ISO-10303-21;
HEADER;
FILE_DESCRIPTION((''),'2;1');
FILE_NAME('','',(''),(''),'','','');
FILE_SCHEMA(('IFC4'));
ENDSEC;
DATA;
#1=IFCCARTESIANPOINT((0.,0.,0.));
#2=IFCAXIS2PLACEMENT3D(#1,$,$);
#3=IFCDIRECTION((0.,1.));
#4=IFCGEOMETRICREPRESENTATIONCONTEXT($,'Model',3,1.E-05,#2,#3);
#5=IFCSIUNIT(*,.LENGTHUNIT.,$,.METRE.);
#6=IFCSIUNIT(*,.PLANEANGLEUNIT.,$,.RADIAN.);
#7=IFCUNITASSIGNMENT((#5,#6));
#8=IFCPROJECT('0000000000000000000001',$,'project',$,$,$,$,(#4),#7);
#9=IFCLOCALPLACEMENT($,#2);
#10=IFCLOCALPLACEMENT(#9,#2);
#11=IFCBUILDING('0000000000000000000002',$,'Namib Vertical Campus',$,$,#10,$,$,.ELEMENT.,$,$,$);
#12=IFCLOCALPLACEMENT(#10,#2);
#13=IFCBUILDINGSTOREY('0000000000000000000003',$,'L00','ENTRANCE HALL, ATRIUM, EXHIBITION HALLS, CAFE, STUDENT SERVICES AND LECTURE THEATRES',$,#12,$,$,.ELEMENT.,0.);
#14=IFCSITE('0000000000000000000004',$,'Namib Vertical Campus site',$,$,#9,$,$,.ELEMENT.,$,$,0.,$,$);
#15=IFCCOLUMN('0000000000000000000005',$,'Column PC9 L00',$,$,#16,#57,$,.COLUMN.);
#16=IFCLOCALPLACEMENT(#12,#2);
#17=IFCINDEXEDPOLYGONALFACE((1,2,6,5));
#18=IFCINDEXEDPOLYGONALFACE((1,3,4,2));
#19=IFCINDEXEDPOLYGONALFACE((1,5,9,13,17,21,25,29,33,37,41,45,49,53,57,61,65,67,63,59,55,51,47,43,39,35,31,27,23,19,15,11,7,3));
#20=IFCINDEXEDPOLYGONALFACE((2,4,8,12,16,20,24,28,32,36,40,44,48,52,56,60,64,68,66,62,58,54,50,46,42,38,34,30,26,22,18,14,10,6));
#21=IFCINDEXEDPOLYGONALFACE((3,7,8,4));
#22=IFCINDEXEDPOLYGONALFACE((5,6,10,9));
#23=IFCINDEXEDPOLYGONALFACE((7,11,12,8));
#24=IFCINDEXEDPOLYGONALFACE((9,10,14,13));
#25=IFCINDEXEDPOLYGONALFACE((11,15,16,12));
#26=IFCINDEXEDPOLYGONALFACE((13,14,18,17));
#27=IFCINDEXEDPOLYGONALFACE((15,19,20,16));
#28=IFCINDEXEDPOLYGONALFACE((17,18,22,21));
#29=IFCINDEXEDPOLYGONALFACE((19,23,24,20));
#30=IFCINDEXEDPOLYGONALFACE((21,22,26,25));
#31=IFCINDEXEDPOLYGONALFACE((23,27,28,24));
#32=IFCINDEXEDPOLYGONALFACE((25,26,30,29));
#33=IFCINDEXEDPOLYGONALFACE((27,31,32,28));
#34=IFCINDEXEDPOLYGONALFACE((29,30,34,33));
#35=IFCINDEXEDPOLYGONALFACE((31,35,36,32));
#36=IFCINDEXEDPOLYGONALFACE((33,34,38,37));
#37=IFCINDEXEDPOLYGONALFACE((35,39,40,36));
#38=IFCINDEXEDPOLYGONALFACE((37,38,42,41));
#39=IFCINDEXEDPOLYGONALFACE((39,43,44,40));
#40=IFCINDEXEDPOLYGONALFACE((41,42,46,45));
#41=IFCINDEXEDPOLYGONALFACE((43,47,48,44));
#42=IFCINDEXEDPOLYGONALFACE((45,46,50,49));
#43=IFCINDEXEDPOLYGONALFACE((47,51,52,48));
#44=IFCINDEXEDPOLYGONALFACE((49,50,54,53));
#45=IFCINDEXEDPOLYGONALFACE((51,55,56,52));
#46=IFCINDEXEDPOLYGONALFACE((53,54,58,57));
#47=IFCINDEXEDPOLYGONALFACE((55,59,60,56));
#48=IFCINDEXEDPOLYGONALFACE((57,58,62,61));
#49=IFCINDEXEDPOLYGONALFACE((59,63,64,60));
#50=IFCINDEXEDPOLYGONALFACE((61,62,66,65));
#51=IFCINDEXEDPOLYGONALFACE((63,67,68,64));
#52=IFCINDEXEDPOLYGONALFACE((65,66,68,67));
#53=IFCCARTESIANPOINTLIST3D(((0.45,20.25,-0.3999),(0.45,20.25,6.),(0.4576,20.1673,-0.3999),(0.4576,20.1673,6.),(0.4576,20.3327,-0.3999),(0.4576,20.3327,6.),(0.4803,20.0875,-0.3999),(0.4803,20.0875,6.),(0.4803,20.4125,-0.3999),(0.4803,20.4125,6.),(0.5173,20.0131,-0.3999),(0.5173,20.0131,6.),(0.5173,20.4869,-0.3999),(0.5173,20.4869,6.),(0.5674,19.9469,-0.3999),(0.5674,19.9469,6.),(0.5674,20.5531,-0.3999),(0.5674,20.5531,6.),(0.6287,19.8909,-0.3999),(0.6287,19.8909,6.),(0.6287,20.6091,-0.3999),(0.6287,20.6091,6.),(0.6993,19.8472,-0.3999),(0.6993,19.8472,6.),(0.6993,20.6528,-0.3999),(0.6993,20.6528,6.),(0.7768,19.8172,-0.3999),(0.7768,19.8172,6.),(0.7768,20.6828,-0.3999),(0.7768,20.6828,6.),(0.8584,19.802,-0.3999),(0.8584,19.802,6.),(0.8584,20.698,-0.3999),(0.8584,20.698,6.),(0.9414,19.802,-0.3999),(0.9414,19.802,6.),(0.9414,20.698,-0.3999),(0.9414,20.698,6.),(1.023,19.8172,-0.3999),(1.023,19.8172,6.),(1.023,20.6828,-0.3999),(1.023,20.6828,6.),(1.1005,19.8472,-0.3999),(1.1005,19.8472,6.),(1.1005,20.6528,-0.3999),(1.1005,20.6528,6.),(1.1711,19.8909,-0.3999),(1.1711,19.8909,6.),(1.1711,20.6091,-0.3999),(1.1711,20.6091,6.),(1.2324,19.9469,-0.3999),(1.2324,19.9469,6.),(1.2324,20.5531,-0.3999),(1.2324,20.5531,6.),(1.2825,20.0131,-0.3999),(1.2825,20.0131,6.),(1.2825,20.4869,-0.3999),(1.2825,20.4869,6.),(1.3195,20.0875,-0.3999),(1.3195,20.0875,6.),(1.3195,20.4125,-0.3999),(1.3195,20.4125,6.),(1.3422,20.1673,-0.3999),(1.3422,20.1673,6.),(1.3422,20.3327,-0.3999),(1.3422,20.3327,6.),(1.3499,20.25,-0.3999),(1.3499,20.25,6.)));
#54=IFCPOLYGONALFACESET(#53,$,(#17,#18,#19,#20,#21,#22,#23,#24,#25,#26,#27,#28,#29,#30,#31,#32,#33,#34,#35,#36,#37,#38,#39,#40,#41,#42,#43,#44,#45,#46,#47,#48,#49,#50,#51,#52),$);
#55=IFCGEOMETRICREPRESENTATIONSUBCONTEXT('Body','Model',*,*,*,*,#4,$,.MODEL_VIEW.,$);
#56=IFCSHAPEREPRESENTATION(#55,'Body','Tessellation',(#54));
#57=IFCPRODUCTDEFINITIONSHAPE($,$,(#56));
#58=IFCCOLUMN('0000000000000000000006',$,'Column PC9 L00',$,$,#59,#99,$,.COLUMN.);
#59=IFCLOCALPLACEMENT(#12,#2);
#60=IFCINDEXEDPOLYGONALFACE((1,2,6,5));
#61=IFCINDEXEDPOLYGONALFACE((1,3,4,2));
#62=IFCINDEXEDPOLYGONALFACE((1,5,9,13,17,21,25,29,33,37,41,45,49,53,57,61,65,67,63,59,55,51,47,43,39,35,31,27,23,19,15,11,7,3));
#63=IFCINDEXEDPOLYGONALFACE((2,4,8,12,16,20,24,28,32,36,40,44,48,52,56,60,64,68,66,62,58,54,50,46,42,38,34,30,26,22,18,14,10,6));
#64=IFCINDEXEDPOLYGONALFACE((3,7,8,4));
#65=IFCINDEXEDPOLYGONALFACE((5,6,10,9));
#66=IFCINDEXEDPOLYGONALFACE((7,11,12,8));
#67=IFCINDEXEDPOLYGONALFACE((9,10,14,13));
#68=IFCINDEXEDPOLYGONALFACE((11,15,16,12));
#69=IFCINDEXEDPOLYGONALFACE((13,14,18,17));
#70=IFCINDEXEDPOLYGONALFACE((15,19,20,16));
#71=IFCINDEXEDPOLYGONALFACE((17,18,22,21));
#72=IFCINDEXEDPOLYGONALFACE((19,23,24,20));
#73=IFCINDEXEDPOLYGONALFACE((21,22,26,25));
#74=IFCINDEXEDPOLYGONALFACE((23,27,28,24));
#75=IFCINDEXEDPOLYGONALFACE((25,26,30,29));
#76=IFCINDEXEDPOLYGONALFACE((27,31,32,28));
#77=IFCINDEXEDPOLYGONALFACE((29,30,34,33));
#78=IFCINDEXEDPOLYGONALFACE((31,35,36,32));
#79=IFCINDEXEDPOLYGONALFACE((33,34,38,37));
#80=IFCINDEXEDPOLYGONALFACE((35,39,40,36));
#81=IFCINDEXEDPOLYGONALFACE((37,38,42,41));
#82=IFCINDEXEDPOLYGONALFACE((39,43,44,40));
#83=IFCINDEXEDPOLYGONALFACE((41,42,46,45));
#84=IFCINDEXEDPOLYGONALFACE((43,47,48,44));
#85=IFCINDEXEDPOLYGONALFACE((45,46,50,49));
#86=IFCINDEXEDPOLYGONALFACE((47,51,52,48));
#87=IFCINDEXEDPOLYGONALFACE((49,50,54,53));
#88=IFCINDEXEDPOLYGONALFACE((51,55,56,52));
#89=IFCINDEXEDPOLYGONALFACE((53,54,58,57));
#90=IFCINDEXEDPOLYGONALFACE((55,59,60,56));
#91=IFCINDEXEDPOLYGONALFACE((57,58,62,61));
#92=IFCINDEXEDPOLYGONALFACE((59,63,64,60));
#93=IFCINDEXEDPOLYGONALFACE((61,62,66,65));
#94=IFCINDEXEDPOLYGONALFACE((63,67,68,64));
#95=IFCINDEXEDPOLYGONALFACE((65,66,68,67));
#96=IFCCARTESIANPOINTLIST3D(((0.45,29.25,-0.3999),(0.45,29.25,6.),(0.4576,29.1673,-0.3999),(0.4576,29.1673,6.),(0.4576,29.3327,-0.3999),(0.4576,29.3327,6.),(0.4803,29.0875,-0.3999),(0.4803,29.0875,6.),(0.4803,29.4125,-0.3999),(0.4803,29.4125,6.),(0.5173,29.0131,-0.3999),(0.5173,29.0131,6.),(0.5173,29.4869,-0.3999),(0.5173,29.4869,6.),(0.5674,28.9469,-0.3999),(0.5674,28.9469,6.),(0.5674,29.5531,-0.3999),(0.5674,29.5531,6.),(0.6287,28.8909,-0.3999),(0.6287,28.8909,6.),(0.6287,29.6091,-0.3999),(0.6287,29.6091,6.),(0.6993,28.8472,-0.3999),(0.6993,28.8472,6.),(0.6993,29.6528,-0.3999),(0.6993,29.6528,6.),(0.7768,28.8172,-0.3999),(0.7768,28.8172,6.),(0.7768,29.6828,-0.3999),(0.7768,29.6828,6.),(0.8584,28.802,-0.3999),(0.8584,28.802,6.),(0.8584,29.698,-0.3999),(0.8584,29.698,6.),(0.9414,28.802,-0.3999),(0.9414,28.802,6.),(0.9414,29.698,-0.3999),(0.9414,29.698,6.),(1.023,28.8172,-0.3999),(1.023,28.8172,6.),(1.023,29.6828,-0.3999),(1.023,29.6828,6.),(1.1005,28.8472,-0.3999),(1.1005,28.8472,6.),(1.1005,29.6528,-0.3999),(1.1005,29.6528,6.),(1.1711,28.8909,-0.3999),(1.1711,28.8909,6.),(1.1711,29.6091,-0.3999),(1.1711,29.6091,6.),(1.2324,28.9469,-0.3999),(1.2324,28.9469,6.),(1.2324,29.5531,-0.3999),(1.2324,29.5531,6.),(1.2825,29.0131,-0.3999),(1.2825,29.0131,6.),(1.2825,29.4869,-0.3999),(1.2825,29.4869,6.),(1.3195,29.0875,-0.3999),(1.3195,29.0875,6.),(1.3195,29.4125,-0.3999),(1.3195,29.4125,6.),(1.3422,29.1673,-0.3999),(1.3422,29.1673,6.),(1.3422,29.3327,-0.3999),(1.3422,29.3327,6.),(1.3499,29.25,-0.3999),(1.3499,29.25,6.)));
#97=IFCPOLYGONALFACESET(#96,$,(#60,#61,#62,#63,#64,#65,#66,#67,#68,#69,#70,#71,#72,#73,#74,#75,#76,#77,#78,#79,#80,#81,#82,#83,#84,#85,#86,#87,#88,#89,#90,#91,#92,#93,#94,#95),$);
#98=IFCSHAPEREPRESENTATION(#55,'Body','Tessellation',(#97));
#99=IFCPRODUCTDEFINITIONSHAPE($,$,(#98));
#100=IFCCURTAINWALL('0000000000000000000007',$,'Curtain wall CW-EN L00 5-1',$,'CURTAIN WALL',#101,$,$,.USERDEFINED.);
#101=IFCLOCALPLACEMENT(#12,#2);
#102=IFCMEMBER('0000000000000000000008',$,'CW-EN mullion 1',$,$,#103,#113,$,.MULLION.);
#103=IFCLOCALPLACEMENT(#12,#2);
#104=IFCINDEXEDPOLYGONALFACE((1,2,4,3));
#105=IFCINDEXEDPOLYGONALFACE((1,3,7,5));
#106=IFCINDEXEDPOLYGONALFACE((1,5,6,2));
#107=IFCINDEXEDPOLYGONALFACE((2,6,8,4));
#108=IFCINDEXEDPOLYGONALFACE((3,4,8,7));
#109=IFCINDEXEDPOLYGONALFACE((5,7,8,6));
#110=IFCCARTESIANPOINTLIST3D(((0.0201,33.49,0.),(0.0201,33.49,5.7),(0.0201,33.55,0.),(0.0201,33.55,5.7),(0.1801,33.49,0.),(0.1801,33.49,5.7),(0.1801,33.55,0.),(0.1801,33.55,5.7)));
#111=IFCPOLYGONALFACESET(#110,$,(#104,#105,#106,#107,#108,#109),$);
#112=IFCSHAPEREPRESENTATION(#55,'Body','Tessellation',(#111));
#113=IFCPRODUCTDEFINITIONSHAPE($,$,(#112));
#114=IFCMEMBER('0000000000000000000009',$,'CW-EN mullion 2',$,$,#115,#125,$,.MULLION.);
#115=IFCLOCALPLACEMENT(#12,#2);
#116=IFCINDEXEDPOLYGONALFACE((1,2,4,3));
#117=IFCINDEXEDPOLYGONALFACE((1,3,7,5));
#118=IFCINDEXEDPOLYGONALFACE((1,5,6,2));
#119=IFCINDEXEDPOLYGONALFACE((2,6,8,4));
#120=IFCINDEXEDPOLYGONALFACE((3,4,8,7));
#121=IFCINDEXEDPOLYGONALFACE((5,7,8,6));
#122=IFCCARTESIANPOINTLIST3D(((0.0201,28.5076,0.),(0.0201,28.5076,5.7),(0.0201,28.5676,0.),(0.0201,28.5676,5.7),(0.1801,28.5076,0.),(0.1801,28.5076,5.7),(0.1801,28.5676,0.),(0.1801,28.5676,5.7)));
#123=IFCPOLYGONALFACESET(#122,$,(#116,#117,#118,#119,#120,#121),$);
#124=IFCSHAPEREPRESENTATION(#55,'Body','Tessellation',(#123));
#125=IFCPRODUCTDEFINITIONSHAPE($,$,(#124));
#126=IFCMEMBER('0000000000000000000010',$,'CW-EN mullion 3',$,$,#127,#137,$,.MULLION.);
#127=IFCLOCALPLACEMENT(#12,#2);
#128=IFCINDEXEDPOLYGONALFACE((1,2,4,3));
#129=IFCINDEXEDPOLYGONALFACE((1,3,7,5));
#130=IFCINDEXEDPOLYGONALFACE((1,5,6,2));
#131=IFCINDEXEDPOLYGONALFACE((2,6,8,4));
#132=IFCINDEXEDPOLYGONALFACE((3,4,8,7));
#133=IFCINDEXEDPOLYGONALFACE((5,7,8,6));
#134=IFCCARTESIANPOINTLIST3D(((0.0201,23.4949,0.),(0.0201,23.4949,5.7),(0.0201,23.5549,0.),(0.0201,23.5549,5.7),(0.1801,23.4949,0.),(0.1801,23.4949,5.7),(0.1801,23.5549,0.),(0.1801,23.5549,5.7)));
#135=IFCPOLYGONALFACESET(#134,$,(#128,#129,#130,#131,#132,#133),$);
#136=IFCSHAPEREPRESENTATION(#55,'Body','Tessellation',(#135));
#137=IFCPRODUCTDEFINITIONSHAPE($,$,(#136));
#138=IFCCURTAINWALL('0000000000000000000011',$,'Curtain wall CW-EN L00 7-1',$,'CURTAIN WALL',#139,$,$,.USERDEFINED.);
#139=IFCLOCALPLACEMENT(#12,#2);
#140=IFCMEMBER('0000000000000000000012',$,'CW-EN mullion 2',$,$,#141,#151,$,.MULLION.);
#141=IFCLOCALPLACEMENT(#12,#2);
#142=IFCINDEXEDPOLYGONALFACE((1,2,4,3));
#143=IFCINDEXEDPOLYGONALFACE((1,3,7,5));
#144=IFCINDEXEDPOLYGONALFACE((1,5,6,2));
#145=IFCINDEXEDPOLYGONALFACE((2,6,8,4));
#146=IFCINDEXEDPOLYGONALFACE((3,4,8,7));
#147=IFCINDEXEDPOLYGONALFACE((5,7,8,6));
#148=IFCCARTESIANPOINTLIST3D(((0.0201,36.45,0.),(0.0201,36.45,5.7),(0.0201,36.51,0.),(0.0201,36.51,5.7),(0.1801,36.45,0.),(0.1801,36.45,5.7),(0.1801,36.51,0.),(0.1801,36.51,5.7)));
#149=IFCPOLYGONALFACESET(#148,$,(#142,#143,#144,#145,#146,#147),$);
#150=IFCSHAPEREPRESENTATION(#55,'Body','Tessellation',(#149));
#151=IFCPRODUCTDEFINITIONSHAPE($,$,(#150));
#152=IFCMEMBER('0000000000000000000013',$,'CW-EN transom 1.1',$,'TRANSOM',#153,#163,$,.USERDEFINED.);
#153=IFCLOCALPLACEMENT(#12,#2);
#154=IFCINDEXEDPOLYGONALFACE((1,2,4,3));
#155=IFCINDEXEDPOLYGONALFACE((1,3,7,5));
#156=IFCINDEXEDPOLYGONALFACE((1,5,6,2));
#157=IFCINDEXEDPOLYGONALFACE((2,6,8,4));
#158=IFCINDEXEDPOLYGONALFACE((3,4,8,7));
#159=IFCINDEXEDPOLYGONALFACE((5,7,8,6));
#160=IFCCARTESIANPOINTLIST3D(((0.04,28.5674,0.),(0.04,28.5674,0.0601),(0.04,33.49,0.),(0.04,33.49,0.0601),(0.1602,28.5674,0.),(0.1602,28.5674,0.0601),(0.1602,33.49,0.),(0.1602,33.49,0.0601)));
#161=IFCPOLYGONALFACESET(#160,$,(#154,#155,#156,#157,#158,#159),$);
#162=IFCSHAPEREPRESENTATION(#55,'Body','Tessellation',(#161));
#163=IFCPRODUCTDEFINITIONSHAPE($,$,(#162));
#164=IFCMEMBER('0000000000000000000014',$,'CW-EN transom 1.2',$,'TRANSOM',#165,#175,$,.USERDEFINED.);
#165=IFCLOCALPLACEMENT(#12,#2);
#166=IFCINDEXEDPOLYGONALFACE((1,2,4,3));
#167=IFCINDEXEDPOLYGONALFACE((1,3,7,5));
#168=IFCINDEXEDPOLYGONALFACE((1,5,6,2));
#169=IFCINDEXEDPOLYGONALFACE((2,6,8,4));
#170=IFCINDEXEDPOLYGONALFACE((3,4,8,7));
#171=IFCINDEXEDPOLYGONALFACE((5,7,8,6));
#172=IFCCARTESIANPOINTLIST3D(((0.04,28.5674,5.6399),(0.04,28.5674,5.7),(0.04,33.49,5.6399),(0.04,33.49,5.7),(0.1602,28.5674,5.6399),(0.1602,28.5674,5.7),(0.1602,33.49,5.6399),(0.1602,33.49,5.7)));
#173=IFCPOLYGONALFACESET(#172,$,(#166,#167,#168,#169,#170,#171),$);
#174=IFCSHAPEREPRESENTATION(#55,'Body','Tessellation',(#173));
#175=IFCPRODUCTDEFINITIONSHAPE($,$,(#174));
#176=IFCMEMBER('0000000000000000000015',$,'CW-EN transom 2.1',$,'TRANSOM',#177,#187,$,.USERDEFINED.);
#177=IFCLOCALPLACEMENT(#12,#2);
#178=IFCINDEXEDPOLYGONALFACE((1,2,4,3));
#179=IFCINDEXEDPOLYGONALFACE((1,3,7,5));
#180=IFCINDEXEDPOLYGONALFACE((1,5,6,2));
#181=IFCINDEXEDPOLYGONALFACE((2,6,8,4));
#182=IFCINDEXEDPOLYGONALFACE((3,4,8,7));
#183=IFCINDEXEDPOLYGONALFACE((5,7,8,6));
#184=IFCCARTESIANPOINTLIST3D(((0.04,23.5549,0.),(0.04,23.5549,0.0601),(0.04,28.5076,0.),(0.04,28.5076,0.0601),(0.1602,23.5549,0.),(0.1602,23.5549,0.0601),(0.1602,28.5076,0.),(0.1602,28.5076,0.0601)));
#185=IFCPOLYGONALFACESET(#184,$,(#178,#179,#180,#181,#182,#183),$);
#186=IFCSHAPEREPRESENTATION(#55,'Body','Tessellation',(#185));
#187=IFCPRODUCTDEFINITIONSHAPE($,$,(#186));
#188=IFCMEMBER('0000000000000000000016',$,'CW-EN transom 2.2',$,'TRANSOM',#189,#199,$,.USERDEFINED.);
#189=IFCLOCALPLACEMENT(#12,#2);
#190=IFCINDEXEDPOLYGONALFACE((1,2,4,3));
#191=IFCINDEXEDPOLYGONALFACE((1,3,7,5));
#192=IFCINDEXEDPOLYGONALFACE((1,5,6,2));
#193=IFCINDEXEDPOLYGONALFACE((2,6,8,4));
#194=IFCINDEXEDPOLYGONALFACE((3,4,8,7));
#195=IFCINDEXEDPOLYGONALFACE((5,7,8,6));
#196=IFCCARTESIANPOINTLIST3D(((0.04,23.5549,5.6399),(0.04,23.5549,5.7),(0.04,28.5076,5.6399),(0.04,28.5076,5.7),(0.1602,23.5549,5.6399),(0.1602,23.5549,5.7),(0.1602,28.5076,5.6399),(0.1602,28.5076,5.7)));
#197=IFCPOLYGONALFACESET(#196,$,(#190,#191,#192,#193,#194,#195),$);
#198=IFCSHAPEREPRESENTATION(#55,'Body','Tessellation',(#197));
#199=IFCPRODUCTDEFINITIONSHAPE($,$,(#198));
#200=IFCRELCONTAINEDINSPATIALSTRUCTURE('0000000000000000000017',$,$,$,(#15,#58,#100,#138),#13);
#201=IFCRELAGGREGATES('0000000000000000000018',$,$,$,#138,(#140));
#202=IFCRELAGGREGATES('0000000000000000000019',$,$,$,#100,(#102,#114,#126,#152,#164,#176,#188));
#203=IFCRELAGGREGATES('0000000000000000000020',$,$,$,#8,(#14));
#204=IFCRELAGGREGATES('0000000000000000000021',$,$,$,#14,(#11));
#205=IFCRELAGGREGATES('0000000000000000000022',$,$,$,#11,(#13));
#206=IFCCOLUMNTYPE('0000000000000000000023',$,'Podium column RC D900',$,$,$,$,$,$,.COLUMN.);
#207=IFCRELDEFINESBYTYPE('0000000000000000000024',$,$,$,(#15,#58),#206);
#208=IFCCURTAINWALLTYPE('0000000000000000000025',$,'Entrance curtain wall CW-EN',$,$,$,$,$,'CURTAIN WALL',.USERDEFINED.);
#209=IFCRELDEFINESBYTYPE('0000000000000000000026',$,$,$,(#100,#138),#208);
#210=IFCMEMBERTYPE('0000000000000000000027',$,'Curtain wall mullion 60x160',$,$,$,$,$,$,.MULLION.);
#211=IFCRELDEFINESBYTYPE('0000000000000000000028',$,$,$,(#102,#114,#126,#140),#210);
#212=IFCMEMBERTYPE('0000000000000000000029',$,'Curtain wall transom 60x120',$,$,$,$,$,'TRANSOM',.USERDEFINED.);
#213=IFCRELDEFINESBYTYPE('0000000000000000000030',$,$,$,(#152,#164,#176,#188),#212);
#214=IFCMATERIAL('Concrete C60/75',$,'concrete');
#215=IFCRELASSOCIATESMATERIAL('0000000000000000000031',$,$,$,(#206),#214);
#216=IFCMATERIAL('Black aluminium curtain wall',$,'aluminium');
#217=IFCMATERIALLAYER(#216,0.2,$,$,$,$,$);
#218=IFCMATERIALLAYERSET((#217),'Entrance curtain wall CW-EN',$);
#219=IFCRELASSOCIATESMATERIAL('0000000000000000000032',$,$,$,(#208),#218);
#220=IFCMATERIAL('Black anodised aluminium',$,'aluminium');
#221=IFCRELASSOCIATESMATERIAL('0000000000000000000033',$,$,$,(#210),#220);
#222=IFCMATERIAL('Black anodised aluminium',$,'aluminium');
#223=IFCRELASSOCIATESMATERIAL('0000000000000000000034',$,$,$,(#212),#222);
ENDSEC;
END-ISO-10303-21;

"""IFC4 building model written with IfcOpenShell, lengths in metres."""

from ifc_helpers import new_model, si_unit, direction, frame, origin, origin_2d, place, context, subcontext, project, spatial, rectangle, circle, extrude, material, layer, layer_set, material_profile, profile_set, type_object, element, aggregate, save


model = new_model("IFC4")

# Units and contexts
model_context = context("Model", 3, precision=1e-05, world=origin(), true_north=direction((0.0, 1.0)))
body_context = subcontext(model_context, "Body", "Model", "MODEL_VIEW")
ifc_project = project(units=[si_unit("LENGTHUNIT", "METRE"), si_unit("PLANEANGLEUNIT", "RADIAN")], contexts=[model_context])

# Site, building, storey
site_placement = place(None, origin())
site = spatial("IfcSite", under=ifc_project, at=site_placement, Name="Namib Vertical Campus site", CompositionType="ELEMENT", RefElevation=0.0)
building_placement = place(site_placement, origin())
building = spatial("IfcBuilding", under=site, at=building_placement, Name="Namib Vertical Campus", CompositionType="ELEMENT")
storey_placement = place(building_placement, origin())
storey = spatial("IfcBuildingStorey", under=building, at=storey_placement, Name="L00", Description="ENTRANCE HALL, ATRIUM, EXHIBITION HALLS, CAFE, STUDENT SERVICES AND LECTURE THEATRES", CompositionType="ELEMENT", Elevation=0.0)

# Columns
ifc_material_1 = material(Name="Concrete C60/75", Category="concrete")
ifc_material_profile_1 = material_profile(ifc_material_1, circle(Radius=0.45, at=origin_2d()))
ifc_profile_set_1 = profile_set([ifc_material_profile_1], Name="Concrete C60/75")
column_type_1 = type_object("IfcColumnType", Name="Podium column RC D900", PredefinedType="COLUMN", material=ifc_profile_set_1)
for number, where, z_axis, x_axis, name in (
    (1, (0.8999, 20.25, -0.3999), (0.0, 0.0, 1.0), (1.0, 0.0, 0.0), "Column PC9 L00"),
    (2, (0.8999, 29.25, -0.3999), (0.0, 0.0, 1.0), (1.0, 0.0, 0.0), "Column PC9 L00"),
):
    element("IfcColumn", number, at=place(storey_placement, frame(where, z_axis=z_axis, x_axis=x_axis)), inside=storey, type_object=column_type_1, Name=name, PredefinedType="COLUMN", context=body_context, shape_type="SweptSolid", body=[
        extrude(circle(Radius=0.45, at=origin_2d()), origin(), (0.0, 0.0, 1.0), 6.3999),
    ])

# Curtain wall, members
ifc_material_2 = material(Name="Black aluminium curtain wall", Category="aluminium")
ifc_layer_1 = layer(ifc_material_2, 0.2)
ifc_layer_set_1 = layer_set([ifc_layer_1], Name="Entrance curtain wall CW-EN")
curtain_wall_type = type_object("IfcCurtainWallType", Name="Entrance curtain wall CW-EN", ElementType="CURTAIN WALL", PredefinedType="USERDEFINED", material=ifc_layer_set_1)
curtain_wall_1_placement = place(storey_placement, origin())
curtain_wall_1 = element("IfcCurtainWall", 3, at=curtain_wall_1_placement, inside=storey, type_object=curtain_wall_type, Name="Curtain wall CW-EN L00 5-1", ObjectType="CURTAIN WALL", PredefinedType="USERDEFINED")
ifc_material_3 = material(Name="Black anodised aluminium", Category="aluminium")
ifc_material_profile_2 = material_profile(ifc_material_3, rectangle(XDim=0.0601, YDim=0.1599, at=origin_2d()))
ifc_profile_set_2 = profile_set([ifc_material_profile_2], Name="Black anodised aluminium")
member_type_1 = type_object("IfcMemberType", Name="Curtain wall mullion 60x160", PredefinedType="MULLION", material=ifc_profile_set_2)
member_1_placement = place(storey_placement, frame((0.1001, 33.52, 0.0), z_axis=(0.0, 0.0, 1.0), x_axis=(0.0, -1.0, 0.0)))
member_1 = element("IfcMember", 4, at=member_1_placement, type_object=member_type_1, Name="CW-EN mullion 1", PredefinedType="MULLION", context=body_context, shape_type="SweptSolid", body=[
    extrude(rectangle(XDim=0.0601, YDim=0.1599, at=origin_2d()), origin(), (0.0, 0.0, 1.0), 5.7),
])
member_2_placement = place(storey_placement, frame((0.1001, 28.5376, 0.0), z_axis=(0.0, 0.0, 1.0), x_axis=(0.0, -1.0, 0.0)))
member_2 = element("IfcMember", 5, at=member_2_placement, type_object=member_type_1, Name="CW-EN mullion 2", PredefinedType="MULLION", context=body_context, shape_type="SweptSolid", body=[
    extrude(rectangle(XDim=0.0601, YDim=0.1599, at=origin_2d()), origin(), (0.0, 0.0, 1.0), 5.7),
])
member_3_placement = place(storey_placement, frame((0.1001, 23.5249, 0.0), z_axis=(0.0, 0.0, 1.0), x_axis=(0.0, -1.0, 0.0)))
member_3 = element("IfcMember", 6, at=member_3_placement, type_object=member_type_1, Name="CW-EN mullion 3", PredefinedType="MULLION", context=body_context, shape_type="SweptSolid", body=[
    extrude(rectangle(XDim=0.0601, YDim=0.1599, at=origin_2d()), origin(), (0.0, 0.0, 1.0), 5.7),
])

# Curtain wall, member
curtain_wall_2_placement = place(storey_placement, origin())
curtain_wall_2 = element("IfcCurtainWall", 7, at=curtain_wall_2_placement, inside=storey, type_object=curtain_wall_type, Name="Curtain wall CW-EN L00 7-1", ObjectType="CURTAIN WALL", PredefinedType="USERDEFINED")
member_4_placement = place(storey_placement, frame((0.1001, 36.48, 0.0), z_axis=(0.0, 0.0, 1.0), x_axis=(0.0, -1.0, 0.0)))
member_4 = element("IfcMember", 8, at=member_4_placement, type_object=member_type_1, Name="CW-EN mullion 2", PredefinedType="MULLION", context=body_context, shape_type="SweptSolid", body=[
    extrude(rectangle(XDim=0.0601, YDim=0.1599, at=origin_2d()), origin(), (0.0, 0.0, 1.0), 5.7),
])
aggregate(curtain_wall_2, [member_4])

# Members
ifc_material_4 = material(Name="Black anodised aluminium", Category="aluminium")
ifc_material_profile_3 = material_profile(ifc_material_4, rectangle(XDim=0.0601, YDim=0.1201, at=origin_2d()))
ifc_profile_set_3 = profile_set([ifc_material_profile_3], Name="Black anodised aluminium")
member_type_2 = type_object("IfcMemberType", Name="Curtain wall transom 60x120", ElementType="TRANSOM", PredefinedType="USERDEFINED", material=ifc_profile_set_3)
member_5_placement = place(storey_placement, frame((0.1001, 33.49, 0.03), z_axis=(0.0, -1.0, 0.0), x_axis=(0.0, 0.0, 1.0)))
member_5 = element("IfcMember", 9, at=member_5_placement, type_object=member_type_2, Name="CW-EN transom 1.1", ObjectType="TRANSOM", PredefinedType="USERDEFINED", context=body_context, shape_type="SweptSolid", body=[
    extrude(rectangle(XDim=0.0601, YDim=0.1201, at=origin_2d()), origin(), (0.0, 0.0, 1.0), 4.9226),
])
member_6_placement = place(storey_placement, frame((0.1001, 33.49, 5.6699), z_axis=(0.0, -1.0, 0.0), x_axis=(0.0, 0.0, 1.0)))
member_6 = element("IfcMember", 10, at=member_6_placement, type_object=member_type_2, Name="CW-EN transom 1.2", ObjectType="TRANSOM", PredefinedType="USERDEFINED", context=body_context, shape_type="SweptSolid", body=[
    extrude(rectangle(XDim=0.0601, YDim=0.1201, at=origin_2d()), origin(), (0.0, 0.0, 1.0), 4.9226),
])
member_7_placement = place(storey_placement, frame((0.1001, 28.5076, 0.03), z_axis=(0.0, -1.0, 0.0), x_axis=(0.0, 0.0, 1.0)))
member_7 = element("IfcMember", 11, at=member_7_placement, type_object=member_type_2, Name="CW-EN transom 2.1", ObjectType="TRANSOM", PredefinedType="USERDEFINED", context=body_context, shape_type="SweptSolid", body=[
    extrude(rectangle(XDim=0.0601, YDim=0.1201, at=origin_2d()), origin(), (0.0, 0.0, 1.0), 4.9526),
])
member_8_placement = place(storey_placement, frame((0.1001, 28.5076, 5.6699), z_axis=(0.0, -1.0, 0.0), x_axis=(0.0, 0.0, 1.0)))
member_8 = element("IfcMember", 12, at=member_8_placement, type_object=member_type_2, Name="CW-EN transom 2.2", ObjectType="TRANSOM", PredefinedType="USERDEFINED", context=body_context, shape_type="SweptSolid", body=[
    extrude(rectangle(XDim=0.0601, YDim=0.1201, at=origin_2d()), origin(), (0.0, 0.0, 1.0), 4.9526),
])

aggregate(curtain_wall_1, [member_1, member_2, member_3, member_5, member_6, member_7, member_8])

save(model, "model.ifc")
